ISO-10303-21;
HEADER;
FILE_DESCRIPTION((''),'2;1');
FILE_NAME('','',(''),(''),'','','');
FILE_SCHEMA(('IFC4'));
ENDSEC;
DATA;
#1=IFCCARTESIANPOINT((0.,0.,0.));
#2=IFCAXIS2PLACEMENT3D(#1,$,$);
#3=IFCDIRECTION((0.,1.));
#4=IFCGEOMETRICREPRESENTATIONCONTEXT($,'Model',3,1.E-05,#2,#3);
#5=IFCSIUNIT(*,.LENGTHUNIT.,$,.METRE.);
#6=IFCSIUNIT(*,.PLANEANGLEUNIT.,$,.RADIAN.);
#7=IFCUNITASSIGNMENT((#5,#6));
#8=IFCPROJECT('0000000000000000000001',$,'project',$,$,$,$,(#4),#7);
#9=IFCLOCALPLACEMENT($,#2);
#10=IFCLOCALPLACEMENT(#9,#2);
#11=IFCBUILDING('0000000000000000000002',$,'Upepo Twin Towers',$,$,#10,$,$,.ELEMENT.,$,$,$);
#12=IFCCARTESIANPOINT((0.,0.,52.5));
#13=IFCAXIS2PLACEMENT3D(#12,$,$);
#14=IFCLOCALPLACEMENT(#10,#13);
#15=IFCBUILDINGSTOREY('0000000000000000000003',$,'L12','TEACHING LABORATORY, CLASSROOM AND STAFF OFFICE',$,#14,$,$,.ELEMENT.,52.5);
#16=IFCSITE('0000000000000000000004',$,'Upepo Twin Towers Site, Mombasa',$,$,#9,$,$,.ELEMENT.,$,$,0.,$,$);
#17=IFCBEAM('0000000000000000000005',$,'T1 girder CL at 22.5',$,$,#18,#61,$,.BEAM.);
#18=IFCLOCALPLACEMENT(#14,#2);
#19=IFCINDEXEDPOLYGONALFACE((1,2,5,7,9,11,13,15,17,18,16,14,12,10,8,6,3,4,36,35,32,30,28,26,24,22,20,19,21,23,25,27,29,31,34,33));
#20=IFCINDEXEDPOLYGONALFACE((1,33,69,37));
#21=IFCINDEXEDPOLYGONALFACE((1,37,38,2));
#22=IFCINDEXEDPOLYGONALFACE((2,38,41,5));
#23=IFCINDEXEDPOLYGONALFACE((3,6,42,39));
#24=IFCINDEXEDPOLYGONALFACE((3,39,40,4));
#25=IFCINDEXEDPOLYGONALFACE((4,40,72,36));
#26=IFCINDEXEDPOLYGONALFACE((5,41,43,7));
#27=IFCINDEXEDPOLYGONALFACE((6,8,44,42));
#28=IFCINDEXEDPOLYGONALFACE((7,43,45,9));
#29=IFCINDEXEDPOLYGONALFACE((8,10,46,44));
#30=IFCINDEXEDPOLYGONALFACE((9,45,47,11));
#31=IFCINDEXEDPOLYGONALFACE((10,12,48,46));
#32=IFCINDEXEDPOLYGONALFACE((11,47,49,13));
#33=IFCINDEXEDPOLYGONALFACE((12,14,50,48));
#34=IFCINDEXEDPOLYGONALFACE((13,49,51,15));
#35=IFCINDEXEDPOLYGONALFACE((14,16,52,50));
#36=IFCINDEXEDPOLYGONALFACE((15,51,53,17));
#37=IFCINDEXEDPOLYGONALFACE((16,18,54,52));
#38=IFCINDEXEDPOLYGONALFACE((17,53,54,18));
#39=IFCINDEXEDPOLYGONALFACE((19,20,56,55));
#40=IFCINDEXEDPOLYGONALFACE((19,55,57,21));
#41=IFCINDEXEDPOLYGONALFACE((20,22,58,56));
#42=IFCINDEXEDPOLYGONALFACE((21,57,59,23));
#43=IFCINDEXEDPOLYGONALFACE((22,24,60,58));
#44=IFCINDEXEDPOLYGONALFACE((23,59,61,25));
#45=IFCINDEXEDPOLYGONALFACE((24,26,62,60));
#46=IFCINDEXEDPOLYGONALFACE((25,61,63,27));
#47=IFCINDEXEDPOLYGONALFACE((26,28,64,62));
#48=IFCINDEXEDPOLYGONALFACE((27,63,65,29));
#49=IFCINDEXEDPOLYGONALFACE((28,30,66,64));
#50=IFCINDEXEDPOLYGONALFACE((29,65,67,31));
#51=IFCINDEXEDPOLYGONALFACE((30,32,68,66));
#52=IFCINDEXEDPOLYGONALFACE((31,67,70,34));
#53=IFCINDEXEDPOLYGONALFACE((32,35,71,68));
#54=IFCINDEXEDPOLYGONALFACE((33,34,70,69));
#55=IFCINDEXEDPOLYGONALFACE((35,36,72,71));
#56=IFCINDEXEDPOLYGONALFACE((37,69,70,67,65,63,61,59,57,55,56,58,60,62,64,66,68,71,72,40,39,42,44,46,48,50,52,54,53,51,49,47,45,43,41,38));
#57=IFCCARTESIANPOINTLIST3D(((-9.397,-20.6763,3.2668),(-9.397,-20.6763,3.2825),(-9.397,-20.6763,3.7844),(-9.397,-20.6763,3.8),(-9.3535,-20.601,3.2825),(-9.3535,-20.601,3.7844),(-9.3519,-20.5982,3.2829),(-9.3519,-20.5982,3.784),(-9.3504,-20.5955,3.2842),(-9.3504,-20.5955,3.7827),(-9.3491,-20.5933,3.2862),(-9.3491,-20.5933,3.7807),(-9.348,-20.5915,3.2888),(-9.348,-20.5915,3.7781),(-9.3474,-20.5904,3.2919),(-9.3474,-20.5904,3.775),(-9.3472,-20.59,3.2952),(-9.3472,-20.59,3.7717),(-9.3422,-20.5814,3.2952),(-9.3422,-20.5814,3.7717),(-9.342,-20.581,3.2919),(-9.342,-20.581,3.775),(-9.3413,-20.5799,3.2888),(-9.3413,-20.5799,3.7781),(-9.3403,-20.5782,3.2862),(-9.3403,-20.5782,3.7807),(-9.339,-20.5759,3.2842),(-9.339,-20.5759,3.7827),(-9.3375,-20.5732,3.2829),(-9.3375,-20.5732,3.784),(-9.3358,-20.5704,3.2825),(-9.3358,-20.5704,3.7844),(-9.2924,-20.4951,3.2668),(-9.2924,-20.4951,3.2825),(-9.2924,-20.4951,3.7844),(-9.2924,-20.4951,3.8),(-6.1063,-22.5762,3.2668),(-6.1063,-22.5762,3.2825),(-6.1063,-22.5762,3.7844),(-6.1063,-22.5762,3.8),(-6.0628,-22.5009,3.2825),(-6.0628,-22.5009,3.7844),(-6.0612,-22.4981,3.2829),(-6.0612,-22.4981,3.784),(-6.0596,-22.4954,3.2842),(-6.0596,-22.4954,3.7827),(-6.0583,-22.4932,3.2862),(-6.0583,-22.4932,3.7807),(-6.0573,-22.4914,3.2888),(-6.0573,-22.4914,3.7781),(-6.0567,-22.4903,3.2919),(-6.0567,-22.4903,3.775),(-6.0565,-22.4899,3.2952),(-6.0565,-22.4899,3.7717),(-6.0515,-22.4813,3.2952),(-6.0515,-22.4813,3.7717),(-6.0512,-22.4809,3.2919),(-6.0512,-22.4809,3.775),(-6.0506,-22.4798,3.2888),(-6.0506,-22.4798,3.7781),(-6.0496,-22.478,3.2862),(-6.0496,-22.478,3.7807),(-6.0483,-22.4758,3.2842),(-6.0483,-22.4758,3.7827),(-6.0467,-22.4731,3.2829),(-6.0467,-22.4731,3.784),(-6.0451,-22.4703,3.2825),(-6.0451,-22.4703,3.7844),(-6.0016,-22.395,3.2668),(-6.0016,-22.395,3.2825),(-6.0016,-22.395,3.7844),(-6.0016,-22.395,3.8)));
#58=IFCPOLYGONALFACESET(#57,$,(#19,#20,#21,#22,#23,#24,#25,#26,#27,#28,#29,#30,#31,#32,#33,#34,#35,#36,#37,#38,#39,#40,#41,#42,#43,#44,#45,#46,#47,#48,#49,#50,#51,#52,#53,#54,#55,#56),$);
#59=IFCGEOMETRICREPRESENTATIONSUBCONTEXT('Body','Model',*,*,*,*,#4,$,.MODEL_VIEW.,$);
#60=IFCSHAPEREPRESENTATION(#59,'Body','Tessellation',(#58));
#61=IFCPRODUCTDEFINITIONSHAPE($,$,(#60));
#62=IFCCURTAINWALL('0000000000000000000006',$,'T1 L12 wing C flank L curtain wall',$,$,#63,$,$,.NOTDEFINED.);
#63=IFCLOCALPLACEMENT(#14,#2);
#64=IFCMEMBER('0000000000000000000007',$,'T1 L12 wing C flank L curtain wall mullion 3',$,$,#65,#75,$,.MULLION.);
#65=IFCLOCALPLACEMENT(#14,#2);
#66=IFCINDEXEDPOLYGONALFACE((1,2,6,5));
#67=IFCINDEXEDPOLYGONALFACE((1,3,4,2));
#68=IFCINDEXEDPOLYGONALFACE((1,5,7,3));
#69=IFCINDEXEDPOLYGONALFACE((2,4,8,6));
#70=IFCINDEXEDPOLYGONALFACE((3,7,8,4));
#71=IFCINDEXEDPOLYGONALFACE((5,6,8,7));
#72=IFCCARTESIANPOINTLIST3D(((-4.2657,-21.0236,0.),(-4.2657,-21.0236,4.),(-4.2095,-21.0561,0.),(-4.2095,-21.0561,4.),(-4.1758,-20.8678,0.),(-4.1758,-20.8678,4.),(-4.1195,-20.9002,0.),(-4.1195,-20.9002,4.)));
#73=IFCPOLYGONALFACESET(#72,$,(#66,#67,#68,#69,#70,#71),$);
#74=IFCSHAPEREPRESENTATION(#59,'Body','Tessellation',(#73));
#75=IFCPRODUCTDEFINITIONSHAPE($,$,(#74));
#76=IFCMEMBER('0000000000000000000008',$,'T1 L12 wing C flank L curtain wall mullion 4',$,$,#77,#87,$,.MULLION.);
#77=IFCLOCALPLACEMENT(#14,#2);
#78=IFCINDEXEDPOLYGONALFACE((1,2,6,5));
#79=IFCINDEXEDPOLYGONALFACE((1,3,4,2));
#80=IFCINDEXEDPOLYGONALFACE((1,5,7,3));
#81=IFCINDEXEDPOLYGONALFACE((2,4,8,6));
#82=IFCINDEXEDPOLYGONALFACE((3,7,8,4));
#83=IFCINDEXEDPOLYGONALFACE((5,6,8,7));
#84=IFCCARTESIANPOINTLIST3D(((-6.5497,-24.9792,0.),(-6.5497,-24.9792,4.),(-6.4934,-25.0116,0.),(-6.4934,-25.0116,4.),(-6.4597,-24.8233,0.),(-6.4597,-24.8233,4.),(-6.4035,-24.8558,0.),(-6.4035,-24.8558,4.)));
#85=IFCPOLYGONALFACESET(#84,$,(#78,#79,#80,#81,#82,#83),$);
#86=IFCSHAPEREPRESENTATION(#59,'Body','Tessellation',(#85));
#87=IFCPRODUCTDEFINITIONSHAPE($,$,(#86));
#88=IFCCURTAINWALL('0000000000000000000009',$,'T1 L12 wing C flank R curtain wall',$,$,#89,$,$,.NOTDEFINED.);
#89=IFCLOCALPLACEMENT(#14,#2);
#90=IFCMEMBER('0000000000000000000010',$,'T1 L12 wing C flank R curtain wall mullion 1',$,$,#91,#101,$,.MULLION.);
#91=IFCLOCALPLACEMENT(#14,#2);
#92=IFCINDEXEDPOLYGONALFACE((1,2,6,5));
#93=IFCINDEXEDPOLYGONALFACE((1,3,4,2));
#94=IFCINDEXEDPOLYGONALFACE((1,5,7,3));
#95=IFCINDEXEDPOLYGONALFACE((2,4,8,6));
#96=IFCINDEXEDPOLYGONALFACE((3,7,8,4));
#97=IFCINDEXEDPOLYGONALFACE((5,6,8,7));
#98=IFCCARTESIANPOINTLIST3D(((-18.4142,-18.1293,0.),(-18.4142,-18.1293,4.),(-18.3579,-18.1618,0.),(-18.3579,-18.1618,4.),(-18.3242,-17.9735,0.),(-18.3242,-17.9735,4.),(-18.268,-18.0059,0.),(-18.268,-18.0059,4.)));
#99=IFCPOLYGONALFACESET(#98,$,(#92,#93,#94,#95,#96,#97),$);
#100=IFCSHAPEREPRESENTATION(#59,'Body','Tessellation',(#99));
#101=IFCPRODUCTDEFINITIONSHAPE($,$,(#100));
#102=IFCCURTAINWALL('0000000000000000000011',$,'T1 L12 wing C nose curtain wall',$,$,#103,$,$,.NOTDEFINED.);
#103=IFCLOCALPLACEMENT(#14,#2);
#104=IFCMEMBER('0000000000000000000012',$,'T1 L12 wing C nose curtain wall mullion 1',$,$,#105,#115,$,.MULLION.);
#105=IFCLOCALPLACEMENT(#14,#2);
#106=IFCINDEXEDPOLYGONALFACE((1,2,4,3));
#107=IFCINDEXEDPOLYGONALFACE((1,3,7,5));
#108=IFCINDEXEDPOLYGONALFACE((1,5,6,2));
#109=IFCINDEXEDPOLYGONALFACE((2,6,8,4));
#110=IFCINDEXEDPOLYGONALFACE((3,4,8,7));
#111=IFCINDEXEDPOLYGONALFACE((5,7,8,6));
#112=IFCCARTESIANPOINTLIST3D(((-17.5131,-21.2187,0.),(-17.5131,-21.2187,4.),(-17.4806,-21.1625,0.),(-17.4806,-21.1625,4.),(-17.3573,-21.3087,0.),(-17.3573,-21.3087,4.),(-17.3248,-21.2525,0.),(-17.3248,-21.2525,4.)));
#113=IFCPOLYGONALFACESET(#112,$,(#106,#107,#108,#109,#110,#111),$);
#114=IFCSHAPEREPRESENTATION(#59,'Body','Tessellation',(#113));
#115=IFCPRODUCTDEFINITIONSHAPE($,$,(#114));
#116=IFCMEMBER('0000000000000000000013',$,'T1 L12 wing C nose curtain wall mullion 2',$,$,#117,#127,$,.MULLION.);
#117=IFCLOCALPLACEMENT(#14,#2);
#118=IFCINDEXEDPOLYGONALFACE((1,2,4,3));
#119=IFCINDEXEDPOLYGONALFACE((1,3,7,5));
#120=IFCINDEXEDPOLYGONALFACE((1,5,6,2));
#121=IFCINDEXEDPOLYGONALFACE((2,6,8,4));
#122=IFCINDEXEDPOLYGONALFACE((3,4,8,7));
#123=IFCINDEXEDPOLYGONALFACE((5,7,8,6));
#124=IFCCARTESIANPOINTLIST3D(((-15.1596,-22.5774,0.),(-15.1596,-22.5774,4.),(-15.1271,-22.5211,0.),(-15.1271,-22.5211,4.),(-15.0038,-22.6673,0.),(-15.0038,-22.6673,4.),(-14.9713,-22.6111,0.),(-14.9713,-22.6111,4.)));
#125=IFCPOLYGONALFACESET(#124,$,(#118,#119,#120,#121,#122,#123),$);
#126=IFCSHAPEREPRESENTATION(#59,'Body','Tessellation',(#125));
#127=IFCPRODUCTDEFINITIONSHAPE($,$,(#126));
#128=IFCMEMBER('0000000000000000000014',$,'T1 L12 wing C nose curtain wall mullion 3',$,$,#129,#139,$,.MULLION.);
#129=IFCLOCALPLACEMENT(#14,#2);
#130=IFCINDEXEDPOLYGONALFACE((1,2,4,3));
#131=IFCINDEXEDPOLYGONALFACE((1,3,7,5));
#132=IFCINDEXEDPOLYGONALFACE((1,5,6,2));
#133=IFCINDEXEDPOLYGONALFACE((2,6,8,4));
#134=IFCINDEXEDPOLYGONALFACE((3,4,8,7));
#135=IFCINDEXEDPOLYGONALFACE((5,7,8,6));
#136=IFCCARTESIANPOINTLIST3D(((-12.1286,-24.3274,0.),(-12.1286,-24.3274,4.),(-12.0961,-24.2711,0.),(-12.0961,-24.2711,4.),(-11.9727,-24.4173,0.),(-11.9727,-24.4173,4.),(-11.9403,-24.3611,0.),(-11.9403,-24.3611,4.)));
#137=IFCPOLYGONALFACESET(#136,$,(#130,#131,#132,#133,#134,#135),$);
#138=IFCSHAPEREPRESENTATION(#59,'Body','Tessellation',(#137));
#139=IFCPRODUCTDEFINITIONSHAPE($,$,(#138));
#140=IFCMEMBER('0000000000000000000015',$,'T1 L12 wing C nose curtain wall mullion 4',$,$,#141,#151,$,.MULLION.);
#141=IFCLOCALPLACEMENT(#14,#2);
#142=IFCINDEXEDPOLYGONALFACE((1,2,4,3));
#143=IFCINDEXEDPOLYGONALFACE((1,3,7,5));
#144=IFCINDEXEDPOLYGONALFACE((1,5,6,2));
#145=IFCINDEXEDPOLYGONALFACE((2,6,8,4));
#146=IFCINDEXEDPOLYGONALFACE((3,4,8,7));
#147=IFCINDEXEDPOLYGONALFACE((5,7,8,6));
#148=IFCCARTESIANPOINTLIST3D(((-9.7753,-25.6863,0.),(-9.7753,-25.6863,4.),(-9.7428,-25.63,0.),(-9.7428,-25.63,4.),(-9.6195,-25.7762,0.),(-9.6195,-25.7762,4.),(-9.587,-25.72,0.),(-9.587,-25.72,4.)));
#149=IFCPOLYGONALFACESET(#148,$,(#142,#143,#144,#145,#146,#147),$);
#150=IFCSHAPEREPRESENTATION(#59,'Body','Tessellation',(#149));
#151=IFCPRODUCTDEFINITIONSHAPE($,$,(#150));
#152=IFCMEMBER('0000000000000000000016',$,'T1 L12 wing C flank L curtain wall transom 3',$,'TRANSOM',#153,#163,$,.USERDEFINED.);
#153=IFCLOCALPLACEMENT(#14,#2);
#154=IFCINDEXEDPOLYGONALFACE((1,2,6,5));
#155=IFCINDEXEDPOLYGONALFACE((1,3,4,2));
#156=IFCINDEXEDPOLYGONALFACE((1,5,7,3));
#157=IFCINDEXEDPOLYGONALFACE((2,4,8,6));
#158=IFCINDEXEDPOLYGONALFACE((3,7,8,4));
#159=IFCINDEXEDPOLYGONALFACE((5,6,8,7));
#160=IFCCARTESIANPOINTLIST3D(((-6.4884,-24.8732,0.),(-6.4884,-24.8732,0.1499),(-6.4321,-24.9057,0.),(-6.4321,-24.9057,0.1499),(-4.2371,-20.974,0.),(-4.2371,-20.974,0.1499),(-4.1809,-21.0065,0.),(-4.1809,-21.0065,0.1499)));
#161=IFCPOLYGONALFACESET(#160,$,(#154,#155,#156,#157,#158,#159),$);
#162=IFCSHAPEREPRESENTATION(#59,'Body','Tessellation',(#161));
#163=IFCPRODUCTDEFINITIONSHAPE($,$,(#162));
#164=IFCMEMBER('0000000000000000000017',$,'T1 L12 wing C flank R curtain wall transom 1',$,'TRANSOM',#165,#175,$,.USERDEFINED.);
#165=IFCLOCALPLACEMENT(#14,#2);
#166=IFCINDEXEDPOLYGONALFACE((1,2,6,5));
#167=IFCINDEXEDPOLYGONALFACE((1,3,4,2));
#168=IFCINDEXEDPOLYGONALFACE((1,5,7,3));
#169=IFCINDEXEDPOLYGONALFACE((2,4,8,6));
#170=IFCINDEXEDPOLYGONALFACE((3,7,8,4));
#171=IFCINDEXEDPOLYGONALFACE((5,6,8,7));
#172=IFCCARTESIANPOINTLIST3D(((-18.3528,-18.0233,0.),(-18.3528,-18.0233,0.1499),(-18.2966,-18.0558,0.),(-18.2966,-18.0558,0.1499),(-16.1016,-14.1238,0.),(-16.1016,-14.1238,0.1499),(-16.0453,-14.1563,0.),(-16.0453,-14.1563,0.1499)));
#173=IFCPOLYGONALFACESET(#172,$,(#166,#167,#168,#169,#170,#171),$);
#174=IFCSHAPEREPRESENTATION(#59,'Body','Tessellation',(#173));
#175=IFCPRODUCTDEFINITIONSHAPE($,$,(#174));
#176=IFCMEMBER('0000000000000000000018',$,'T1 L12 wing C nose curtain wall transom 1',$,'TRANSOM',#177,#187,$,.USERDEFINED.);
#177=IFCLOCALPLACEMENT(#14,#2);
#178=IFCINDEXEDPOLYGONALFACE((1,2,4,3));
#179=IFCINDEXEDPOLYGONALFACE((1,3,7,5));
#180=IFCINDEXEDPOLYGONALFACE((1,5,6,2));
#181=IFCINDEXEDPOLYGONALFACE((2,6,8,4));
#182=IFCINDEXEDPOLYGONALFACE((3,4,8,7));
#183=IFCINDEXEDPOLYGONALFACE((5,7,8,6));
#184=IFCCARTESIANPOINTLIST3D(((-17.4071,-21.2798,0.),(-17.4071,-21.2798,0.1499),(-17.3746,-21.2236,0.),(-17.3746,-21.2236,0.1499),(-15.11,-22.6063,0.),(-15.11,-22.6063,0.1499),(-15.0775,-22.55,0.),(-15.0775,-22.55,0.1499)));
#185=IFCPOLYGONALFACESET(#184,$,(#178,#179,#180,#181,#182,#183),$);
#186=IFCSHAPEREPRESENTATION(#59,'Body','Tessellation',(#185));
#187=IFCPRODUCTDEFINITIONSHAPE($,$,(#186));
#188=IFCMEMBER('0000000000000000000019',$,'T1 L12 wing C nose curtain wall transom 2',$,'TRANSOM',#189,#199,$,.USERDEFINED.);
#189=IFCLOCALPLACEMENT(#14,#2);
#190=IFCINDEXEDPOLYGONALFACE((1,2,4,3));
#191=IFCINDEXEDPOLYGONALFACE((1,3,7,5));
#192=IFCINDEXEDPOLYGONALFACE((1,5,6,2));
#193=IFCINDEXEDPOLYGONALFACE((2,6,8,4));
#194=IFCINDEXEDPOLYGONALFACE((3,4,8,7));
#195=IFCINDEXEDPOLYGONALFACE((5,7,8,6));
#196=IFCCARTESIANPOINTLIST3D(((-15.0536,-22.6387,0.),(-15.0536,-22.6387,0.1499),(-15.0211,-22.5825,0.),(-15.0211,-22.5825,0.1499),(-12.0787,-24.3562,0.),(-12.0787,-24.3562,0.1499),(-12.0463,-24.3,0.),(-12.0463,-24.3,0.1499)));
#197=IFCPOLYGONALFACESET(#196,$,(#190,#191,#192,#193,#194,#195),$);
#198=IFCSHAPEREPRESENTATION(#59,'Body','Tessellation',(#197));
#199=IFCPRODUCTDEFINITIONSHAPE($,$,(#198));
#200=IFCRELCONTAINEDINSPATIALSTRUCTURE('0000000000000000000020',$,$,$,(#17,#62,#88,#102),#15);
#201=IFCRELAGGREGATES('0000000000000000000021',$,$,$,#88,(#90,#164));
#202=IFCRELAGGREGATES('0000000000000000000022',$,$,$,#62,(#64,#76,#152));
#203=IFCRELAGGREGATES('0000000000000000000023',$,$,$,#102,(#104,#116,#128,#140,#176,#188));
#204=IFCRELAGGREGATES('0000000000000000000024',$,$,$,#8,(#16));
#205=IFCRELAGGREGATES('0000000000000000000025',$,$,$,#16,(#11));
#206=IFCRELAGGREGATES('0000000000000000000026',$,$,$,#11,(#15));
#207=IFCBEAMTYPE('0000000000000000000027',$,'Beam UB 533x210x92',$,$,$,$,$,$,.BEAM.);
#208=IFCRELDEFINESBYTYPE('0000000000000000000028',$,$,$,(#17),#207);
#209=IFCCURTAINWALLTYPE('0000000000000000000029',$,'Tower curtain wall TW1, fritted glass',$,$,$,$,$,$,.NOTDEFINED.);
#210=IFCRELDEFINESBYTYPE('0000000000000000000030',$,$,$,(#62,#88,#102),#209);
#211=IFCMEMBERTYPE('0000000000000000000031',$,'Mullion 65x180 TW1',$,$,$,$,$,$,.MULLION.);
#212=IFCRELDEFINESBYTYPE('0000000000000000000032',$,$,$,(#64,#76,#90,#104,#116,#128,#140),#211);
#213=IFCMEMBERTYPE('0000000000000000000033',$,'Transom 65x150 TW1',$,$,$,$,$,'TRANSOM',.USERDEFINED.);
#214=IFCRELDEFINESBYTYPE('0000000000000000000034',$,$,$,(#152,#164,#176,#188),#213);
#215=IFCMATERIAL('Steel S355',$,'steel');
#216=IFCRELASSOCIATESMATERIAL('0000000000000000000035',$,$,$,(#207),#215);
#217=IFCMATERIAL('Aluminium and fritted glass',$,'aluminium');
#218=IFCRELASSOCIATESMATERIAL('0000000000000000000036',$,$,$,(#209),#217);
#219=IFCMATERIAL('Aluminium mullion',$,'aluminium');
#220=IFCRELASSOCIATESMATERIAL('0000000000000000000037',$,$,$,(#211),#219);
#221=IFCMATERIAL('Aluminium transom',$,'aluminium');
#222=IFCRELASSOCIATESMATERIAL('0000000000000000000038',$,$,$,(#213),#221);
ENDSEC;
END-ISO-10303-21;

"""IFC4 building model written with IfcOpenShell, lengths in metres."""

from ifc_helpers import new_model, si_unit, direction, frame, origin, origin_2d, place, context, subcontext, project, spatial, rectangle, i_section, extrude, material, material_profile, profile_set, type_object, element, aggregate, save


model = new_model("IFC4")

# Units and contexts
model_context = context("Model", 3, precision=1e-05, world=origin(), true_north=direction((0.0, 1.0)))
body_context = subcontext(model_context, "Body", "Model", "MODEL_VIEW")
ifc_project = project(units=[si_unit("LENGTHUNIT", "METRE"), si_unit("PLANEANGLEUNIT", "RADIAN")], contexts=[model_context])

# Site, building, storey
site_placement = place(None, origin())
site = spatial("IfcSite", under=ifc_project, at=site_placement, Name="Upepo Twin Towers Site, Mombasa", CompositionType="ELEMENT", RefElevation=0.0)
building_placement = place(site_placement, origin())
building = spatial("IfcBuilding", under=site, at=building_placement, Name="Upepo Twin Towers", CompositionType="ELEMENT")
storey_placement = place(building_placement, frame((0.0, 0.0, 52.5)))
storey = spatial("IfcBuildingStorey", under=building, at=storey_placement, Name="L12", Description="TEACHING LABORATORY, CLASSROOM AND STAFF OFFICE", CompositionType="ELEMENT", Elevation=52.5)

# Beam
ifc_material_1 = material(Name="Steel S355", Category="steel")
ifc_material_profile_1 = material_profile(ifc_material_1, i_section(OverallWidth=0.2092, OverallDepth=0.5332, WebThickness=0.01, FlangeThickness=0.0156, FilletRadius=0.0127, at=origin_2d()), Name="UB 533x210x92")
ifc_profile_set_1 = profile_set([ifc_material_profile_1], Name="Steel S355")
beam_type_1 = type_object("IfcBeamType", Name="Beam UB 533x210x92", PredefinedType="BEAM", material=ifc_profile_set_1)
beam_1_placement = place(storey_placement, frame((-6.054, -22.4856, 3.5334), z_axis=(-0.866028, 0.499995, 0.0), x_axis=(-0.499995, -0.866028, 0.0)))
element("IfcBeam", 1, at=beam_1_placement, inside=storey, type_object=beam_type_1, Name="T1 girder CL at 22.5", PredefinedType="BEAM", context=body_context, shape_type="SweptSolid", body=[
    extrude(i_section(OverallWidth=0.2092, OverallDepth=0.5332, WebThickness=0.01, FlangeThickness=0.0156, FilletRadius=0.0127, at=origin_2d()), origin(), (0.0, 0.0, 1.0), 3.7998),
])

# Curtain wall, members
ifc_material_2 = material(Name="Aluminium and fritted glass", Category="aluminium")
curtain_wall_type = type_object("IfcCurtainWallType", Name="Tower curtain wall TW1, fritted glass", PredefinedType="NOTDEFINED", material=ifc_material_2)
curtain_wall_1_placement = place(storey_placement, origin())
curtain_wall_1 = element("IfcCurtainWall", 2, at=curtain_wall_1_placement, inside=storey, type_object=curtain_wall_type, Name="T1 L12 wing C flank L curtain wall", PredefinedType="NOTDEFINED")
ifc_material_3 = material(Name="Aluminium mullion", Category="aluminium")
ifc_material_profile_2 = material_profile(ifc_material_3, rectangle(XDim=0.0649, YDim=0.1799, at=origin_2d()), Name="MULLION 65x180")
ifc_profile_set_2 = profile_set([ifc_material_profile_2], Name="Aluminium mullion")
member_type_1 = type_object("IfcMemberType", Name="Mullion 65x180 TW1", PredefinedType="MULLION", material=ifc_profile_set_2)
member_1_placement = place(storey_placement, frame((-4.1926, -20.9619, 0.0), z_axis=(0.0, 0.0, 1.0), x_axis=(0.866025, -0.5, 0.0)))
member_1 = element("IfcMember", 3, at=member_1_placement, type_object=member_type_1, Name="T1 L12 wing C flank L curtain wall mullion 3", PredefinedType="MULLION", context=body_context, shape_type="SweptSolid", body=[
    extrude(rectangle(XDim=0.0649, YDim=0.1799, at=origin_2d()), origin(), (0.0, 0.0, 1.0), 4.0),
])
member_2_placement = place(storey_placement, frame((-6.4766, -24.9175, 0.0), z_axis=(0.0, 0.0, 1.0), x_axis=(0.866025, -0.5, 0.0)))
member_2 = element("IfcMember", 4, at=member_2_placement, type_object=member_type_1, Name="T1 L12 wing C flank L curtain wall mullion 4", PredefinedType="MULLION", context=body_context, shape_type="SweptSolid", body=[
    extrude(rectangle(XDim=0.0649, YDim=0.1799, at=origin_2d()), origin(), (0.0, 0.0, 1.0), 4.0),
])

# Curtain wall, member
curtain_wall_2_placement = place(storey_placement, origin())
curtain_wall_2 = element("IfcCurtainWall", 5, at=curtain_wall_2_placement, inside=storey, type_object=curtain_wall_type, Name="T1 L12 wing C flank R curtain wall", PredefinedType="NOTDEFINED")
member_3_placement = place(storey_placement, frame((-18.3411, -18.0676, 0.0), z_axis=(0.0, 0.0, 1.0), x_axis=(-0.866025, 0.5, 0.0)))
member_3 = element("IfcMember", 6, at=member_3_placement, type_object=member_type_1, Name="T1 L12 wing C flank R curtain wall mullion 1", PredefinedType="MULLION", context=body_context, shape_type="SweptSolid", body=[
    extrude(rectangle(XDim=0.0649, YDim=0.1799, at=origin_2d()), origin(), (0.0, 0.0, 1.0), 4.0),
])

# Curtain wall, members
curtain_wall_3_placement = place(storey_placement, origin())
curtain_wall_3 = element("IfcCurtainWall", 7, at=curtain_wall_3_placement, inside=storey, type_object=curtain_wall_type, Name="T1 L12 wing C nose curtain wall", PredefinedType="NOTDEFINED")
member_4_placement = place(storey_placement, frame((-17.4189, -21.2356, 0.0), z_axis=(0.0, 0.0, 1.0), x_axis=(0.5, 0.866025, 0.0)))
member_4 = element("IfcMember", 8, at=member_4_placement, type_object=member_type_1, Name="T1 L12 wing C nose curtain wall mullion 1", PredefinedType="MULLION", context=body_context, shape_type="SweptSolid", body=[
    extrude(rectangle(XDim=0.0649, YDim=0.1799, at=origin_2d()), origin(), (0.0, 0.0, 1.0), 4.0),
])
member_5_placement = place(storey_placement, frame((-15.0654, -22.5942, 0.0), z_axis=(0.0, 0.0, 1.0), x_axis=(0.5, 0.866025, 0.0)))
member_5 = element("IfcMember", 9, at=member_5_placement, type_object=member_type_1, Name="T1 L12 wing C nose curtain wall mullion 2", PredefinedType="MULLION", context=body_context, shape_type="SweptSolid", body=[
    extrude(rectangle(XDim=0.0649, YDim=0.1799, at=origin_2d()), origin(), (0.0, 0.0, 1.0), 4.0),
])
member_6_placement = place(storey_placement, frame((-12.0344, -24.3442, 0.0), z_axis=(0.0, 0.0, 1.0), x_axis=(0.5, 0.866025, 0.0)))
member_6 = element("IfcMember", 10, at=member_6_placement, type_object=member_type_1, Name="T1 L12 wing C nose curtain wall mullion 3", PredefinedType="MULLION", context=body_context, shape_type="SweptSolid", body=[
    extrude(rectangle(XDim=0.0649, YDim=0.1799, at=origin_2d()), origin(), (0.0, 0.0, 1.0), 4.0),
])
member_7_placement = place(storey_placement, frame((-9.6812, -25.7031, 0.0), z_axis=(0.0, 0.0, 1.0), x_axis=(0.5, 0.866025, 0.0)))
member_7 = element("IfcMember", 11, at=member_7_placement, type_object=member_type_1, Name="T1 L12 wing C nose curtain wall mullion 4", PredefinedType="MULLION", context=body_context, shape_type="SweptSolid", body=[
    extrude(rectangle(XDim=0.0649, YDim=0.1799, at=origin_2d()), origin(), (0.0, 0.0, 1.0), 4.0),
])

# Members
ifc_material_4 = material(Name="Aluminium transom", Category="aluminium")
ifc_material_profile_3 = material_profile(ifc_material_4, rectangle(XDim=0.0649, YDim=0.1499, at=origin_2d()), Name="TRANSOM 65x150")
ifc_profile_set_3 = profile_set([ifc_material_profile_3], Name="Aluminium transom")
member_type_2 = type_object("IfcMemberType", Name="Transom 65x150 TW1", ElementType="TRANSOM", PredefinedType="USERDEFINED", material=ifc_profile_set_3)
member_8_placement = place(storey_placement, frame((-4.209, -20.9902, 0.075), z_axis=(-0.500006, -0.866022, 0.0), x_axis=(0.866022, -0.500006, 0.0)))
member_8 = element("IfcMember", 12, at=member_8_placement, type_object=member_type_2, Name="T1 L12 wing C flank L curtain wall transom 3", ObjectType="TRANSOM", PredefinedType="USERDEFINED", context=body_context, shape_type="SweptSolid", body=[
    extrude(rectangle(XDim=0.0649, YDim=0.1499, at=origin_2d()), origin(), (0.0, 0.0, 1.0), 4.5024),
])
member_9_placement = place(storey_placement, frame((-18.3247, -18.0396, 0.075), z_axis=(0.499982, 0.866036, 0.0), x_axis=(-0.866036, 0.499982, 0.0)))
member_9 = element("IfcMember", 13, at=member_9_placement, type_object=member_type_2, Name="T1 L12 wing C flank R curtain wall transom 1", ObjectType="TRANSOM", PredefinedType="USERDEFINED", context=body_context, shape_type="SweptSolid", body=[
    extrude(rectangle(XDim=0.0649, YDim=0.1499, at=origin_2d()), origin(), (0.0, 0.0, 1.0), 4.5027),
])
aggregate(curtain_wall_2, [member_3, member_9])
member_10_placement = place(storey_placement, frame((-17.3909, -21.2517, 0.075), z_axis=(0.865997, -0.500049, 0.0), x_axis=(0.500049, 0.865997, 0.0)))
member_10 = element("IfcMember", 14, at=member_10_placement, type_object=member_type_2, Name="T1 L12 wing C nose curtain wall transom 1", ObjectType="TRANSOM", PredefinedType="USERDEFINED", context=body_context, shape_type="SweptSolid", body=[
    extrude(rectangle(XDim=0.0649, YDim=0.1499, at=origin_2d()), origin(), (0.0, 0.0, 1.0), 2.6526),
])
member_11_placement = place(storey_placement, frame((-15.0374, -22.6106, 0.075), z_axis=(0.866026, -0.499999, 0.0), x_axis=(0.499999, 0.866026, 0.0)))
member_11 = element("IfcMember", 15, at=member_11_placement, type_object=member_type_2, Name="T1 L12 wing C nose curtain wall transom 2", ObjectType="TRANSOM", PredefinedType="USERDEFINED", context=body_context, shape_type="SweptSolid", body=[
    extrude(rectangle(XDim=0.0649, YDim=0.1499, at=origin_2d()), origin(), (0.0, 0.0, 1.0), 3.4351),
])

aggregate(curtain_wall_1, [member_1, member_2, member_8])
aggregate(curtain_wall_3, [member_4, member_5, member_6, member_7, member_10, member_11])

save(model, "model.ifc")
